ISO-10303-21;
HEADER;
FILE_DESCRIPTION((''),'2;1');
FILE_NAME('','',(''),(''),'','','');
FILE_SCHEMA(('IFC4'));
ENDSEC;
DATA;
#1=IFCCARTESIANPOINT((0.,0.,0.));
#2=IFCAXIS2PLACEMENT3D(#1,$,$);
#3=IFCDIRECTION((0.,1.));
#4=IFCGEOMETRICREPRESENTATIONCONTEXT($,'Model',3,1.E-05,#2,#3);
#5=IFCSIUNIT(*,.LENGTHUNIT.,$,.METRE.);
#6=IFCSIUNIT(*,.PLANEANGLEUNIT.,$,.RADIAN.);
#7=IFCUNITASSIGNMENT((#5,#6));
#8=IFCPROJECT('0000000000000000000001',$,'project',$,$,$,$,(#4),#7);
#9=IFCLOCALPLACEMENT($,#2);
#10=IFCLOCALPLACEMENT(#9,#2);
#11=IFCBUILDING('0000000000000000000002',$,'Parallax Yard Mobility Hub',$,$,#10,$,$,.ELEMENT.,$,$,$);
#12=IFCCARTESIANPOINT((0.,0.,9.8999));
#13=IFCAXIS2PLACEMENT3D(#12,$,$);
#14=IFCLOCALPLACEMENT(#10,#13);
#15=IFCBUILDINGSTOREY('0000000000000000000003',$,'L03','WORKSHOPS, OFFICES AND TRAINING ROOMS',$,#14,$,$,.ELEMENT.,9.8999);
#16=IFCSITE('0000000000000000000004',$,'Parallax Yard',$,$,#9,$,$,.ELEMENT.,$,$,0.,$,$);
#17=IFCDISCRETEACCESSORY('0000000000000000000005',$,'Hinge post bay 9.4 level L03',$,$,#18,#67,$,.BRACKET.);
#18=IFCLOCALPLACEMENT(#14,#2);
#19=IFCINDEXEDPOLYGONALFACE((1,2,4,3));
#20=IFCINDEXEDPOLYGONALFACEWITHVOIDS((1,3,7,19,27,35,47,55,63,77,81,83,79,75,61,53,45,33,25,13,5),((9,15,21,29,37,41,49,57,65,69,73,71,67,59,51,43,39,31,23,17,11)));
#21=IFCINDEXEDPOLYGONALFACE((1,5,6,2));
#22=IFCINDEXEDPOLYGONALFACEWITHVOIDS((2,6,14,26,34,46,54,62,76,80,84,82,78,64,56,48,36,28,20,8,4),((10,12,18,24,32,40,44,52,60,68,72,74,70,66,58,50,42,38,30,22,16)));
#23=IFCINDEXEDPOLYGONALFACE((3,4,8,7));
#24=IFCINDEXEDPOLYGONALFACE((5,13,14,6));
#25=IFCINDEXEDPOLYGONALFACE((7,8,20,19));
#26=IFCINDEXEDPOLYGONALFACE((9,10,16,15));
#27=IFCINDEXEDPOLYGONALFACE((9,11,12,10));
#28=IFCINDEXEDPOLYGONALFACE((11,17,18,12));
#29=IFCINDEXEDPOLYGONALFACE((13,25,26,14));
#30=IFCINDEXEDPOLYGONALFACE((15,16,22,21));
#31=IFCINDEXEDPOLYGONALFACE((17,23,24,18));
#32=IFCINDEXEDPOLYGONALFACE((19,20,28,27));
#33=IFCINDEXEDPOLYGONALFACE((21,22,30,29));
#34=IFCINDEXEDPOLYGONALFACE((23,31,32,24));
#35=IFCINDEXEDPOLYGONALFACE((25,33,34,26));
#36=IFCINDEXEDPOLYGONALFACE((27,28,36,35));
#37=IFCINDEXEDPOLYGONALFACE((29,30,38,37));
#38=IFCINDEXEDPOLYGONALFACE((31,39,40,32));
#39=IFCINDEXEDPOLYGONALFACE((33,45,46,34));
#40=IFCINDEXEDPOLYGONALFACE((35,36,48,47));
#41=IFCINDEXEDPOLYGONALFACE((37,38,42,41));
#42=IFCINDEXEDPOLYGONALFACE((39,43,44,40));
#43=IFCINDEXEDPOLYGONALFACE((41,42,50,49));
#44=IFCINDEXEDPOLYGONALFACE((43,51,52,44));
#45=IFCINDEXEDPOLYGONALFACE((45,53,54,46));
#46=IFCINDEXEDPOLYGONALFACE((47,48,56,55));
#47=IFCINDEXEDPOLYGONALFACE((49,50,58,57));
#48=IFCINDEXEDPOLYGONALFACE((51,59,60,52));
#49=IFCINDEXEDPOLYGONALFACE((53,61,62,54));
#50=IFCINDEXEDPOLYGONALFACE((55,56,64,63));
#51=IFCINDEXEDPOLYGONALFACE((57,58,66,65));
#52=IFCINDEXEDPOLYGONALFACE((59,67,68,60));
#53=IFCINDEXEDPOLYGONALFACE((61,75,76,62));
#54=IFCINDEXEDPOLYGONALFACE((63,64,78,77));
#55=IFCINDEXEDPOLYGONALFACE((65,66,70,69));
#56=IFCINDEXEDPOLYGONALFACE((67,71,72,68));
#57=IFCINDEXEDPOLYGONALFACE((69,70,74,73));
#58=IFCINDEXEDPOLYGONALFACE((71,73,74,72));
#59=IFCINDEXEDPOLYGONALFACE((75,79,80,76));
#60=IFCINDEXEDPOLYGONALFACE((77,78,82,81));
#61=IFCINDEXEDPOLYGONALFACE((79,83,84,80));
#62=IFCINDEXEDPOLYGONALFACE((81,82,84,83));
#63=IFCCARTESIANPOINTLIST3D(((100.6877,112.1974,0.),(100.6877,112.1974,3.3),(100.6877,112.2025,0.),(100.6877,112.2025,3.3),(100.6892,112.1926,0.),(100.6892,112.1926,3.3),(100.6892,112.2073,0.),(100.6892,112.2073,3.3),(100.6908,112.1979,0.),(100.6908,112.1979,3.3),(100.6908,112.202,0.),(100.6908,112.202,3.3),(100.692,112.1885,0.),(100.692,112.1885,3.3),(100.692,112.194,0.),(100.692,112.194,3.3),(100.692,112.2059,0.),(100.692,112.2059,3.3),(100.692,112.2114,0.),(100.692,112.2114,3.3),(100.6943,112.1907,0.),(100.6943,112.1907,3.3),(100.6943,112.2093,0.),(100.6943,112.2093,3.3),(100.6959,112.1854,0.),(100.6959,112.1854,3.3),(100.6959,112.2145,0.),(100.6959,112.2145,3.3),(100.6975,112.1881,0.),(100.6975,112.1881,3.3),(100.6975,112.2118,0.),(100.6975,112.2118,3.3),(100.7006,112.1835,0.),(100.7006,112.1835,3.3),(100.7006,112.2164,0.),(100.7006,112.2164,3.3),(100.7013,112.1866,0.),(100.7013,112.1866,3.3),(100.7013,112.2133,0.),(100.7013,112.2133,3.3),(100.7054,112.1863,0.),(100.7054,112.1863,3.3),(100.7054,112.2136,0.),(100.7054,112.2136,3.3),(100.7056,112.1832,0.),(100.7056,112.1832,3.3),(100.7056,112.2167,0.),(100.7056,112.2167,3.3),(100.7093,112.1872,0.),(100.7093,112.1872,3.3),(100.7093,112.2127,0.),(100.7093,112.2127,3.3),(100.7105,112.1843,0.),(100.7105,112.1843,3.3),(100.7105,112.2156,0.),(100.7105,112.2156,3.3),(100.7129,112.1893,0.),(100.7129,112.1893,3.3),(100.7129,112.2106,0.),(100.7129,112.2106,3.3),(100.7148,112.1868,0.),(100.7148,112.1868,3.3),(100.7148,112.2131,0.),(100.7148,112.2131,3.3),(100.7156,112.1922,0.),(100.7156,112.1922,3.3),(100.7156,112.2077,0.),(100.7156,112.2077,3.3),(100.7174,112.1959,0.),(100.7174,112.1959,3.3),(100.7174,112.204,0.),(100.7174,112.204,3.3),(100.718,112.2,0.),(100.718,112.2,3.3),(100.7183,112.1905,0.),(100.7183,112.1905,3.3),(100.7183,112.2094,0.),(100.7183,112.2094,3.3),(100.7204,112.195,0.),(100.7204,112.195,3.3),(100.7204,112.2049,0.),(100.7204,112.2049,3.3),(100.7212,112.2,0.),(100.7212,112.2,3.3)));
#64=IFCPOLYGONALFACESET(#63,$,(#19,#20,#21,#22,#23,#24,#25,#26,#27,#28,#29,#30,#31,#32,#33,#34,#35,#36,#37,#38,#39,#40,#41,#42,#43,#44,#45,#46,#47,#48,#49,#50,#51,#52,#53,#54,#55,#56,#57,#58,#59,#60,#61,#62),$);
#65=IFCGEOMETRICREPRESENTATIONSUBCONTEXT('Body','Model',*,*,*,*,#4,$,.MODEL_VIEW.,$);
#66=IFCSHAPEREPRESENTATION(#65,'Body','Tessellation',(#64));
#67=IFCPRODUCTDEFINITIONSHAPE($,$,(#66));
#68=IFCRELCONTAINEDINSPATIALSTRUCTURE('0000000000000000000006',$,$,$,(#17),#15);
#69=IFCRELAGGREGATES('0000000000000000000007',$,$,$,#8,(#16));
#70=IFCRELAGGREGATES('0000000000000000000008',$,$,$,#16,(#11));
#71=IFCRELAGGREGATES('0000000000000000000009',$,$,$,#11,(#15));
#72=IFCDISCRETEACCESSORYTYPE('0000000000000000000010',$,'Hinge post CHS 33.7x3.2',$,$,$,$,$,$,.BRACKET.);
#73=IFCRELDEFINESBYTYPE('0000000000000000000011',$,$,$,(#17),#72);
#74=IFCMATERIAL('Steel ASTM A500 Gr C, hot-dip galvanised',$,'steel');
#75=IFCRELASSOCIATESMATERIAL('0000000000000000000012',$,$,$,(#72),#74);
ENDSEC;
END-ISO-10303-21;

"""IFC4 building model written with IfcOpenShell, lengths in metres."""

from ifc_helpers import new_model, si_unit, direction, frame, origin, origin_2d, place, context, subcontext, project, spatial, hollow_circle, extrude, material, material_profile, profile_set, type_object, element, save


model = new_model("IFC4")

# Units and contexts
model_context = context("Model", 3, precision=1e-05, world=origin(), true_north=direction((0.0, 1.0)))
body_context = subcontext(model_context, "Body", "Model", "MODEL_VIEW")
ifc_project = project(units=[si_unit("LENGTHUNIT", "METRE"), si_unit("PLANEANGLEUNIT", "RADIAN")], contexts=[model_context])

# Site, building, storey
site_placement = place(None, origin())
site = spatial("IfcSite", under=ifc_project, at=site_placement, Name="Parallax Yard", CompositionType="ELEMENT", RefElevation=0.0)
building_placement = place(site_placement, origin())
building = spatial("IfcBuilding", under=site, at=building_placement, Name="Parallax Yard Mobility Hub", CompositionType="ELEMENT")
storey_placement = place(building_placement, frame((0.0, 0.0, 9.8999)))
storey = spatial("IfcBuildingStorey", under=building, at=storey_placement, Name="L03", Description="WORKSHOPS, OFFICES AND TRAINING ROOMS", CompositionType="ELEMENT", Elevation=9.8999)

# Discrete accessory
ifc_material_1 = material(Name="Steel ASTM A500 Gr C, hot-dip galvanised", Category="steel")
ifc_material_profile = material_profile(ifc_material_1, hollow_circle(Radius=0.0168, WallThickness=0.0032, at=origin_2d()), Name="CHS 33.7x3.2")
ifc_profile_set = profile_set([ifc_material_profile], Name="Steel ASTM A500 Gr C, hot-dip galvanised")
discrete_accessory_type = type_object("IfcDiscreteAccessoryType", Name="Hinge post CHS 33.7x3.2", PredefinedType="BRACKET", material=ifc_profile_set)
for number, where, z_axis, x_axis, name in (
    (1, (100.7043, 112.2, 0.0), (0.0, 0.0, 1.0), (1.0, 0.0, 0.0), "Hinge post bay 9.4 level L03"),
):
    element("IfcDiscreteAccessory", number, at=place(storey_placement, frame(where, z_axis=z_axis, x_axis=x_axis)), inside=storey, type_object=discrete_accessory_type, Name=name, PredefinedType="BRACKET", context=body_context, shape_type="SweptSolid", body=[
        extrude(hollow_circle(Radius=0.0168, WallThickness=0.0032, at=origin_2d()), origin(), (0.0, 0.0, 1.0), 3.3),
    ])

save(model, "model.ifc")
